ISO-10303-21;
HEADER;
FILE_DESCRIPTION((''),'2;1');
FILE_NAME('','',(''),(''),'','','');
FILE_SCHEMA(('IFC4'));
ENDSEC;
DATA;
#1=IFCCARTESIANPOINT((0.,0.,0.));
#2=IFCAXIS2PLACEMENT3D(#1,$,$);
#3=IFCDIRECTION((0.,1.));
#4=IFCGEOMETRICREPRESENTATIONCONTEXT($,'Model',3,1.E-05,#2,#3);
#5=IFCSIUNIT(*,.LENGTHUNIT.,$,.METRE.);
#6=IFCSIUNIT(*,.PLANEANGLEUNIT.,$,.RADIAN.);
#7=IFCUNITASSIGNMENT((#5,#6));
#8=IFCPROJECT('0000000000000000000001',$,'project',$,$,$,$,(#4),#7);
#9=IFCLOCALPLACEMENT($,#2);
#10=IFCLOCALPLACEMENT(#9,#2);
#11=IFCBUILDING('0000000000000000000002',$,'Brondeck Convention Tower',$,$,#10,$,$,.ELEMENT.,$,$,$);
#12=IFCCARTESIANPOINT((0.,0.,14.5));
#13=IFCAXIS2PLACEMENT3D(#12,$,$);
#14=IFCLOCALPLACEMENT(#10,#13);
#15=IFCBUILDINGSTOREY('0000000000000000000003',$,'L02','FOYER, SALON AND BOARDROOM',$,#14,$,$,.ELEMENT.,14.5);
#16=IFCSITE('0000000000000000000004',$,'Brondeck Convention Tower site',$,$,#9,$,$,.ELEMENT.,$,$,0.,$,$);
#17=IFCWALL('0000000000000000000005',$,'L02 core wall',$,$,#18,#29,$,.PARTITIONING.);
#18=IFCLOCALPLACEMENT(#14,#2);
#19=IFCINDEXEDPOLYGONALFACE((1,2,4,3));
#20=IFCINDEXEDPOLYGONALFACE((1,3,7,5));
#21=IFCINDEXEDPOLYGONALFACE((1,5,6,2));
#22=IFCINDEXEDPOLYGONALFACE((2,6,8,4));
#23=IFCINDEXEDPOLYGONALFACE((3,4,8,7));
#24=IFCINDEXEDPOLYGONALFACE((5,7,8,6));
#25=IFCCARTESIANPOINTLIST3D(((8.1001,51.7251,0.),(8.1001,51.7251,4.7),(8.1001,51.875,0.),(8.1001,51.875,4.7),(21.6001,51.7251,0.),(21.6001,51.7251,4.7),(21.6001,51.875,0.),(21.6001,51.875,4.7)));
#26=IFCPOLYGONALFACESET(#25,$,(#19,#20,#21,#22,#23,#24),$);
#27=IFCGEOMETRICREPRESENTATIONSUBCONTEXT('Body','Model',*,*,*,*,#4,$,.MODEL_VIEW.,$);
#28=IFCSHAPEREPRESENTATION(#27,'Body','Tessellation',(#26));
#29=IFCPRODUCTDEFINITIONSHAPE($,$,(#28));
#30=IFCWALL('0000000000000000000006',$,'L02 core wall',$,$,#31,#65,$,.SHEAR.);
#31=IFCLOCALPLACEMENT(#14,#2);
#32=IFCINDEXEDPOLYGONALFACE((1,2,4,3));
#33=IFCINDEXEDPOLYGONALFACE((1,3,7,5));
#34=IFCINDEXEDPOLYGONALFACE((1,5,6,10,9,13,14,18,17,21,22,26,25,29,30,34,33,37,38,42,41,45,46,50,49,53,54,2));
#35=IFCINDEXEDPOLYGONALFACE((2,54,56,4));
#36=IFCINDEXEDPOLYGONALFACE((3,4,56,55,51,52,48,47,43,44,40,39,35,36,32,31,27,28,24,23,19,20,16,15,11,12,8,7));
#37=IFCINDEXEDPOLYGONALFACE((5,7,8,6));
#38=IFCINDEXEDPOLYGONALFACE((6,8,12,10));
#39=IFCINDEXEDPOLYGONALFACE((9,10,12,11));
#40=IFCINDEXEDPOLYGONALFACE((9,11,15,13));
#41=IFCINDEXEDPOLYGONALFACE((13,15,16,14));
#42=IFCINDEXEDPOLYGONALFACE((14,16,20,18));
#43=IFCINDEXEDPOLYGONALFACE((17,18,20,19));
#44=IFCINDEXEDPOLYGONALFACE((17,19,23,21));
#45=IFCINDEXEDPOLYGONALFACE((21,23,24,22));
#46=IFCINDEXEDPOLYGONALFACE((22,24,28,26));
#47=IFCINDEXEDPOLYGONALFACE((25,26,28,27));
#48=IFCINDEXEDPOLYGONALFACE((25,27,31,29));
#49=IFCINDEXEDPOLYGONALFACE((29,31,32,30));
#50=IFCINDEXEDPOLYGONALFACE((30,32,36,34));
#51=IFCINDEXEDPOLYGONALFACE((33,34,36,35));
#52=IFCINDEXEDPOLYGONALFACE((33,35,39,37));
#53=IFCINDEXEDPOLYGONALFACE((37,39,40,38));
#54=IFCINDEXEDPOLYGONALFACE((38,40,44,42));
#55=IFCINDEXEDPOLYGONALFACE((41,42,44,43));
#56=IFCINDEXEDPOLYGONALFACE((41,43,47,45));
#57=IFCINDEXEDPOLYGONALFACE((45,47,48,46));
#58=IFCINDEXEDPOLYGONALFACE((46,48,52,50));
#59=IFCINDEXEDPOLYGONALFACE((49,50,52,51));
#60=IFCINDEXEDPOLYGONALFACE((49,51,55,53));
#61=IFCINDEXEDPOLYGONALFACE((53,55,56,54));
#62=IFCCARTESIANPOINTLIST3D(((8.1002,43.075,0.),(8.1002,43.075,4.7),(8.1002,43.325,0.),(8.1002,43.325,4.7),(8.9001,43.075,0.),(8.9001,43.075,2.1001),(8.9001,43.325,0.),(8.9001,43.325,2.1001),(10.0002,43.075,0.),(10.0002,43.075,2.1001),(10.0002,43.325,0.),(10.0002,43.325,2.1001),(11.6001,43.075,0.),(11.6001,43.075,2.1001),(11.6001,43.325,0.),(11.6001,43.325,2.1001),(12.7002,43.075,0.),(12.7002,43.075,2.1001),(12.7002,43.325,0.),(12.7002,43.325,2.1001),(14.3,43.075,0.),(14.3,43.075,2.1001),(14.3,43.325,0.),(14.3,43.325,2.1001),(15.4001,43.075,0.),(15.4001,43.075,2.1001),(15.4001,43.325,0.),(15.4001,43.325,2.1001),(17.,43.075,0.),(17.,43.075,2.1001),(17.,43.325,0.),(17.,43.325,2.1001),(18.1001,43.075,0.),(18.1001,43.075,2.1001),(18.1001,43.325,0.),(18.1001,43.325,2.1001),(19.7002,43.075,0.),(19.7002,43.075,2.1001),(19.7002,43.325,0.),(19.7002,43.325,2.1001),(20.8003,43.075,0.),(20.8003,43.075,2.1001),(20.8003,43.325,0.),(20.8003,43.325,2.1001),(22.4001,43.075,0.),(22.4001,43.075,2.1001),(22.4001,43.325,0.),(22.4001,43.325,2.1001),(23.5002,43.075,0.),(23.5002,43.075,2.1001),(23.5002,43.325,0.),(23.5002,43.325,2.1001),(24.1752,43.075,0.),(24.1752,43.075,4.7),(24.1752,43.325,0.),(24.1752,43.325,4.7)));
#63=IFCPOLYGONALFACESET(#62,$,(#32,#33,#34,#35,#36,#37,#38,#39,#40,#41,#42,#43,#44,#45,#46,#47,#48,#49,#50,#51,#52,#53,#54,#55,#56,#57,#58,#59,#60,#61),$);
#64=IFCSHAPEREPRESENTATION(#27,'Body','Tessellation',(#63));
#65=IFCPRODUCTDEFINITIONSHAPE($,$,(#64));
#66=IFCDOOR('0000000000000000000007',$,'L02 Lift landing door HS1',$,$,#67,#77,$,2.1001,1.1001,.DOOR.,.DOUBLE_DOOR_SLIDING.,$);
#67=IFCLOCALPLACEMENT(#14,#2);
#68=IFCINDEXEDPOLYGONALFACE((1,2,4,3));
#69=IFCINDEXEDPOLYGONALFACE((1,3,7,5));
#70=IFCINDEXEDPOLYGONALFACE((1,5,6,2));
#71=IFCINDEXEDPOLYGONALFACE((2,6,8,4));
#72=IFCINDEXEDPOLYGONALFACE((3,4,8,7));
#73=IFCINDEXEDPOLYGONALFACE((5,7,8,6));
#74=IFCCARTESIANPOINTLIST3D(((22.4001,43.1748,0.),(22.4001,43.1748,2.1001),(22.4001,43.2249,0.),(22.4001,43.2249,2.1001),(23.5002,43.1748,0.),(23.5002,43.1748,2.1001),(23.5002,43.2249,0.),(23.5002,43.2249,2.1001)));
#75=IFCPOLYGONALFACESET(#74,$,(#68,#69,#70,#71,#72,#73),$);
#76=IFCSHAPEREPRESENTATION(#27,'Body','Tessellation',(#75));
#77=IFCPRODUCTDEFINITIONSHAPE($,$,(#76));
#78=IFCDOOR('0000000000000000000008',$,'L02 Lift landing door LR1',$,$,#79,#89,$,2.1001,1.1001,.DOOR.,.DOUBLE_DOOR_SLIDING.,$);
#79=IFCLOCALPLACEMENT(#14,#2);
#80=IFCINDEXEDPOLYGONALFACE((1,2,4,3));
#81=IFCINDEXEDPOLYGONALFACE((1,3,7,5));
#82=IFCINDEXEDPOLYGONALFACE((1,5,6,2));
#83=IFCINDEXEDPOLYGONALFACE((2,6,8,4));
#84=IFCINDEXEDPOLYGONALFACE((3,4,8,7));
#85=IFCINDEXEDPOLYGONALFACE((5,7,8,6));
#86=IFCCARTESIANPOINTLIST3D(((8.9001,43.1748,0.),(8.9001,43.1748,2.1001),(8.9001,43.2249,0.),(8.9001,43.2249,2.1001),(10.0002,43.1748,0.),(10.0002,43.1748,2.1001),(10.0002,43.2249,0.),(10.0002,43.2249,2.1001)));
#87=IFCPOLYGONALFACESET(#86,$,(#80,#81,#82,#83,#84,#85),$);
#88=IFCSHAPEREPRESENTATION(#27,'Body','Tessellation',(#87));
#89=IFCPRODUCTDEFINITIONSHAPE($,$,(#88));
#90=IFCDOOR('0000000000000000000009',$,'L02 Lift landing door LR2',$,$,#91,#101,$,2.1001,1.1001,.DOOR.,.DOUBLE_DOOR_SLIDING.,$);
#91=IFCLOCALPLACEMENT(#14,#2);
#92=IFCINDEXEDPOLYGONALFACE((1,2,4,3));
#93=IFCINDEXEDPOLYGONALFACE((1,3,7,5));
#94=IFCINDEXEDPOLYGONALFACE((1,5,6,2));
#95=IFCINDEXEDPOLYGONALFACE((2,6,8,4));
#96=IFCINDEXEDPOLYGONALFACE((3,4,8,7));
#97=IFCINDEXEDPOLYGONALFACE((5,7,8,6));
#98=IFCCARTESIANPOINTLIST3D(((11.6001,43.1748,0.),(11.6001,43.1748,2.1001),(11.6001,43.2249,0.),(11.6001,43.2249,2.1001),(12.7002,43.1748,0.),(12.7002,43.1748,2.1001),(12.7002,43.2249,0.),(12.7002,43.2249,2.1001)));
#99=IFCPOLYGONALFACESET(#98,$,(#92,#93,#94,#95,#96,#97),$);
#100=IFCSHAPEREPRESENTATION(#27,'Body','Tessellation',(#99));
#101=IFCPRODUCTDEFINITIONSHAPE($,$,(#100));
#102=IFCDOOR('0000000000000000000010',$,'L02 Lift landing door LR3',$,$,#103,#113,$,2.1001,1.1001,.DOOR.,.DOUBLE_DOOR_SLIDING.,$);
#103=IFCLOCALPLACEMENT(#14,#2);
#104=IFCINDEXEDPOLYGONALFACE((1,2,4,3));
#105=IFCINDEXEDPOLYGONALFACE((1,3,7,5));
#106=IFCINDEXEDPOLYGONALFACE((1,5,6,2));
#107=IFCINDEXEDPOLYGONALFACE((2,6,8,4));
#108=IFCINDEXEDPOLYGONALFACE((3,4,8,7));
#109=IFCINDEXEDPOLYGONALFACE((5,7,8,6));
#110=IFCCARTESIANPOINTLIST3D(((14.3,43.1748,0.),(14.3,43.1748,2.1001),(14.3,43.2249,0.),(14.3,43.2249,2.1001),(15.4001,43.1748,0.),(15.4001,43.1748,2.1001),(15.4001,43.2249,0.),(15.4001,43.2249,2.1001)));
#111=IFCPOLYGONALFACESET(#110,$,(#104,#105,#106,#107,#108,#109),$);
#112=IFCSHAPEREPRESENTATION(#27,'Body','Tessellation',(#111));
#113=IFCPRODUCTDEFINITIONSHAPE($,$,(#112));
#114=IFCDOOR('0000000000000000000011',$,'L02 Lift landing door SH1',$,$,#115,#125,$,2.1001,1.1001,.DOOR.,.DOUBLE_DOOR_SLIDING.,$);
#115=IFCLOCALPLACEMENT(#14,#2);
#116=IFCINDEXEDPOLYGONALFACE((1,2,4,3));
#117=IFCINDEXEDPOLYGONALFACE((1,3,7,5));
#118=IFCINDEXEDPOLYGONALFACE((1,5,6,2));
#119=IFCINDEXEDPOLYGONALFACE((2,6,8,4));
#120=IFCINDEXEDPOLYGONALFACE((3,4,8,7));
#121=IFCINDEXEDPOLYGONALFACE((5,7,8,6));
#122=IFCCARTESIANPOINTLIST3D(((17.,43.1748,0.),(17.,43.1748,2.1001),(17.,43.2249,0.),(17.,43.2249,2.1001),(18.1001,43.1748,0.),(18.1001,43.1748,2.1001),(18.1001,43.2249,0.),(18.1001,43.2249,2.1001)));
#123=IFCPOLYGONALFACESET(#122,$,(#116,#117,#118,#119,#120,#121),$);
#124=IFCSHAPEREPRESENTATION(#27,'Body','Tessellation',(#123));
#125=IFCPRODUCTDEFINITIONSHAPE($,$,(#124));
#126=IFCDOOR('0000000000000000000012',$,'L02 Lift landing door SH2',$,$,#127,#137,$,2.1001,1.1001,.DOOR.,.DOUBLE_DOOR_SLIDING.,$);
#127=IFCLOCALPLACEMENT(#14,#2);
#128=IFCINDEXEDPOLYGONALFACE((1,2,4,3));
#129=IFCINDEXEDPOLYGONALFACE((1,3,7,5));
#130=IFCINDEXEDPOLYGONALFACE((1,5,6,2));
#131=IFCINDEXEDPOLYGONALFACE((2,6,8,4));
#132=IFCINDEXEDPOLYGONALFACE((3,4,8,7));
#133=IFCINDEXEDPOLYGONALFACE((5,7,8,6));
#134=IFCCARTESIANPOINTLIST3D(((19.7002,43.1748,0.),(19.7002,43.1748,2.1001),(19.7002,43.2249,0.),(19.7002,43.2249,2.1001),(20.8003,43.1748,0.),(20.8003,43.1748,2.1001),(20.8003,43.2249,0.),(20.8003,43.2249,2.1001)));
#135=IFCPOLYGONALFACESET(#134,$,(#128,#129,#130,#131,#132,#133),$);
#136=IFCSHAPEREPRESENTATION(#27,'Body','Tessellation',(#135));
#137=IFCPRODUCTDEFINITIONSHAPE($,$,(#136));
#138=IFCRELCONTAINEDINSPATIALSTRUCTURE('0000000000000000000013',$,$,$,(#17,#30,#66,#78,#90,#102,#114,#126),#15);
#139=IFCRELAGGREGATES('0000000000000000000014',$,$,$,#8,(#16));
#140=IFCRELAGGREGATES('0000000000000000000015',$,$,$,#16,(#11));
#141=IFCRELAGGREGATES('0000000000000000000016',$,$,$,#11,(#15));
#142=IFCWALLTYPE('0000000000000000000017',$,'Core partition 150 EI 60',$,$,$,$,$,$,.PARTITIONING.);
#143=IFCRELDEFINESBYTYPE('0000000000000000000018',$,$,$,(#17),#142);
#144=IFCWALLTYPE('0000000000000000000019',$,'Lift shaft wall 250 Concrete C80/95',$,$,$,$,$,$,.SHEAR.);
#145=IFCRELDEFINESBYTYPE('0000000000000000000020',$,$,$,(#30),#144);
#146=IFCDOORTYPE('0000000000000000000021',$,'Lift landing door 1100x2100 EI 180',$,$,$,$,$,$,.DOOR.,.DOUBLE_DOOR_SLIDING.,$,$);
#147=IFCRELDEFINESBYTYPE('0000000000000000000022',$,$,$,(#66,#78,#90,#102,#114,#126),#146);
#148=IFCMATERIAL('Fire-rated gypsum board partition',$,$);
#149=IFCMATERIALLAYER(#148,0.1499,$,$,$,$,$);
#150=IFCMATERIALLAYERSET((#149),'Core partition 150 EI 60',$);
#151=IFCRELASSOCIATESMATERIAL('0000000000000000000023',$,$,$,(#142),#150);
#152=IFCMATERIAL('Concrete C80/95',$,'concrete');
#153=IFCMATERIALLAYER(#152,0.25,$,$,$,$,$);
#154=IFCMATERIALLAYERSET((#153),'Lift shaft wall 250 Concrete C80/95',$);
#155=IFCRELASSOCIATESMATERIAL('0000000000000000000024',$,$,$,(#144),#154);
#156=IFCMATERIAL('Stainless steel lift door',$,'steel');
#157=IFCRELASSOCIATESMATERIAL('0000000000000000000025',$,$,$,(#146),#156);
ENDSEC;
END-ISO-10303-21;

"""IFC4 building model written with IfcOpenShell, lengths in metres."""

from ifc_helpers import new_model, si_unit, direction, frame, frame_2d, origin, place, context, subcontext, project, spatial, rectangle, extrude, material, layer, layer_set, type_object, element, fill, save


model = new_model("IFC4")

# Units and contexts
model_context = context("Model", 3, precision=1e-05, world=origin(), true_north=direction((0.0, 1.0)))
body_context = subcontext(model_context, "Body", "Model", "MODEL_VIEW")
ifc_project = project(units=[si_unit("LENGTHUNIT", "METRE"), si_unit("PLANEANGLEUNIT", "RADIAN")], contexts=[model_context])

# Site, building, storey
site_placement = place(None, origin())
site = spatial("IfcSite", under=ifc_project, at=site_placement, Name="Brondeck Convention Tower site", CompositionType="ELEMENT", RefElevation=0.0)
building_placement = place(site_placement, origin())
building = spatial("IfcBuilding", under=site, at=building_placement, Name="Brondeck Convention Tower", CompositionType="ELEMENT")
storey_placement = place(building_placement, frame((0.0, 0.0, 14.5)))
storey = spatial("IfcBuildingStorey", under=building, at=storey_placement, Name="L02", Description="FOYER, SALON AND BOARDROOM", CompositionType="ELEMENT", Elevation=14.5)

# Wall
ifc_material_1 = material(Name="Fire-rated gypsum board partition")
ifc_layer_1 = layer(ifc_material_1, 0.1499)
ifc_layer_set_1 = layer_set([ifc_layer_1], Name="Core partition 150 EI 60")
wall_type_1 = type_object("IfcWallType", Name="Core partition 150 EI 60", PredefinedType="PARTITIONING", material=ifc_layer_set_1)
wall_1_placement = place(storey_placement, frame((8.1001, 51.8, 0.0), z_axis=(0.0, 0.0, 1.0), x_axis=(1.0, 0.0, 0.0)))
element("IfcWall", 1, at=wall_1_placement, inside=storey, type_object=wall_type_1, Name="L02 core wall", PredefinedType="PARTITIONING", context=body_context, shape_type="SweptSolid", body=[
    extrude(rectangle(XDim=13.5, YDim=0.1499, at=frame_2d((6.75, 0.0))), origin(), (0.0, 0.0, 1.0), 4.7),
])

# Wall, openings, doors
ifc_material_2 = material(Name="Concrete C80/95", Category="concrete")
ifc_layer_2 = layer(ifc_material_2, 0.25)
ifc_layer_set_2 = layer_set([ifc_layer_2], Name="Lift shaft wall 250 Concrete C80/95")
wall_type_2 = type_object("IfcWallType", Name="Lift shaft wall 250 Concrete C80/95", PredefinedType="SHEAR", material=ifc_layer_set_2)
wall_2_placement = place(storey_placement, frame((8.1001, 43.2, 0.0), z_axis=(0.0, 0.0, 1.0), x_axis=(1.0, 0.0, 0.0)))
wall_2 = element("IfcWall", 2, at=wall_2_placement, inside=storey, type_object=wall_type_2, Name="L02 core wall", PredefinedType="SHEAR", context=body_context, shape_type="SweptSolid", body=[
    extrude(rectangle(XDim=16.075, YDim=0.25, at=frame_2d((8.0376, 0.0))), origin(), (0.0, 0.0, 1.0), 4.7),
])
opening_1_placement = place(wall_2_placement, frame((14.3, 0.0, 0.0)))
opening_1 = element("IfcOpeningElement", 3, at=opening_1_placement, cuts=wall_2, PredefinedType="OPENING", context=body_context, shape_type="SweptSolid", body=[
    extrude(rectangle(XDim=1.1001, YDim=2.1001, at=frame_2d((0.55, 1.05))), frame((0.0, 0.135, 0.0), z_axis=(0.0, -1.0, 0.0), x_axis=(1.0, 0.0, 0.0)), (0.0, 0.0, 1.0), 0.27),
])
opening_2_placement = place(wall_2_placement, frame((0.8, 0.0, 0.0)))
opening_2 = element("IfcOpeningElement", 4, at=opening_2_placement, cuts=wall_2, PredefinedType="OPENING", context=body_context, shape_type="SweptSolid", body=[
    extrude(rectangle(XDim=1.1001, YDim=2.1001, at=frame_2d((0.55, 1.05))), frame((0.0, 0.135, 0.0), z_axis=(0.0, -1.0, 0.0), x_axis=(1.0, 0.0, 0.0)), (0.0, 0.0, 1.0), 0.27),
])
opening_3_placement = place(wall_2_placement, frame((3.5, 0.0, 0.0)))
opening_3 = element("IfcOpeningElement", 5, at=opening_3_placement, cuts=wall_2, PredefinedType="OPENING", context=body_context, shape_type="SweptSolid", body=[
    extrude(rectangle(XDim=1.1001, YDim=2.1001, at=frame_2d((0.55, 1.05))), frame((0.0, 0.135, 0.0), z_axis=(0.0, -1.0, 0.0), x_axis=(1.0, 0.0, 0.0)), (0.0, 0.0, 1.0), 0.27),
])
opening_4_placement = place(wall_2_placement, frame((6.2, 0.0, 0.0)))
opening_4 = element("IfcOpeningElement", 6, at=opening_4_placement, cuts=wall_2, PredefinedType="OPENING", context=body_context, shape_type="SweptSolid", body=[
    extrude(rectangle(XDim=1.1001, YDim=2.1001, at=frame_2d((0.55, 1.05))), frame((0.0, 0.135, 0.0), z_axis=(0.0, -1.0, 0.0), x_axis=(1.0, 0.0, 0.0)), (0.0, 0.0, 1.0), 0.27),
])
opening_5_placement = place(wall_2_placement, frame((8.8999, 0.0, 0.0)))
opening_5 = element("IfcOpeningElement", 7, at=opening_5_placement, cuts=wall_2, PredefinedType="OPENING", context=body_context, shape_type="SweptSolid", body=[
    extrude(rectangle(XDim=1.1001, YDim=2.1001, at=frame_2d((0.55, 1.05))), frame((0.0, 0.135, 0.0), z_axis=(0.0, -1.0, 0.0), x_axis=(1.0, 0.0, 0.0)), (0.0, 0.0, 1.0), 0.27),
])
opening_6_placement = place(wall_2_placement, frame((11.6001, 0.0, 0.0)))
opening_6 = element("IfcOpeningElement", 8, at=opening_6_placement, cuts=wall_2, PredefinedType="OPENING", context=body_context, shape_type="SweptSolid", body=[
    extrude(rectangle(XDim=1.1001, YDim=2.1001, at=frame_2d((0.55, 1.05))), frame((0.0, 0.135, 0.0), z_axis=(0.0, -1.0, 0.0), x_axis=(1.0, 0.0, 0.0)), (0.0, 0.0, 1.0), 0.27),
])
ifc_material_3 = material(Name="Stainless steel lift door", Category="steel")
door_type = type_object("IfcDoorType", Name="Lift landing door 1100x2100 EI 180", OperationType="DOUBLE_DOOR_SLIDING", PredefinedType="DOOR", material=ifc_material_3)
door_1_placement = place(opening_1_placement, origin())
door_1 = element("IfcDoor", 9, at=door_1_placement, inside=storey, type_object=door_type, Name="L02 Lift landing door HS1", OperationType="DOUBLE_DOOR_SLIDING", OverallHeight=2.1001, OverallWidth=1.1001, PredefinedType="DOOR", context=body_context, shape_type="SweptSolid", body=[
    extrude(rectangle(XDim=1.1001, YDim=2.1001, at=frame_2d((0.55, 1.05))), frame((0.0, 0.0249, 0.0), z_axis=(0.0, -1.0, 0.0), x_axis=(1.0, 0.0, 0.0)), (0.0, 0.0, 1.0), 0.05),
])
fill(opening_1, door_1)
door_2_placement = place(opening_2_placement, origin())
door_2 = element("IfcDoor", 10, at=door_2_placement, inside=storey, type_object=door_type, Name="L02 Lift landing door LR1", OperationType="DOUBLE_DOOR_SLIDING", OverallHeight=2.1001, OverallWidth=1.1001, PredefinedType="DOOR", context=body_context, shape_type="SweptSolid", body=[
    extrude(rectangle(XDim=1.1001, YDim=2.1001, at=frame_2d((0.55, 1.05))), frame((0.0, 0.0249, 0.0), z_axis=(0.0, -1.0, 0.0), x_axis=(1.0, 0.0, 0.0)), (0.0, 0.0, 1.0), 0.05),
])
fill(opening_2, door_2)
door_3_placement = place(opening_3_placement, origin())
door_3 = element("IfcDoor", 11, at=door_3_placement, inside=storey, type_object=door_type, Name="L02 Lift landing door LR2", OperationType="DOUBLE_DOOR_SLIDING", OverallHeight=2.1001, OverallWidth=1.1001, PredefinedType="DOOR", context=body_context, shape_type="SweptSolid", body=[
    extrude(rectangle(XDim=1.1001, YDim=2.1001, at=frame_2d((0.55, 1.05))), frame((0.0, 0.0249, 0.0), z_axis=(0.0, -1.0, 0.0), x_axis=(1.0, 0.0, 0.0)), (0.0, 0.0, 1.0), 0.05),
])
fill(opening_3, door_3)
door_4_placement = place(opening_4_placement, origin())
door_4 = element("IfcDoor", 12, at=door_4_placement, inside=storey, type_object=door_type, Name="L02 Lift landing door LR3", OperationType="DOUBLE_DOOR_SLIDING", OverallHeight=2.1001, OverallWidth=1.1001, PredefinedType="DOOR", context=body_context, shape_type="SweptSolid", body=[
    extrude(rectangle(XDim=1.1001, YDim=2.1001, at=frame_2d((0.55, 1.05))), frame((0.0, 0.0249, 0.0), z_axis=(0.0, -1.0, 0.0), x_axis=(1.0, 0.0, 0.0)), (0.0, 0.0, 1.0), 0.05),
])
fill(opening_4, door_4)
door_5_placement = place(opening_5_placement, origin())
door_5 = element("IfcDoor", 13, at=door_5_placement, inside=storey, type_object=door_type, Name="L02 Lift landing door SH1", OperationType="DOUBLE_DOOR_SLIDING", OverallHeight=2.1001, OverallWidth=1.1001, PredefinedType="DOOR", context=body_context, shape_type="SweptSolid", body=[
    extrude(rectangle(XDim=1.1001, YDim=2.1001, at=frame_2d((0.55, 1.05))), frame((0.0, 0.0249, 0.0), z_axis=(0.0, -1.0, 0.0), x_axis=(1.0, 0.0, 0.0)), (0.0, 0.0, 1.0), 0.05),
])
fill(opening_5, door_5)
door_6_placement = place(opening_6_placement, origin())
door_6 = element("IfcDoor", 14, at=door_6_placement, inside=storey, type_object=door_type, Name="L02 Lift landing door SH2", OperationType="DOUBLE_DOOR_SLIDING", OverallHeight=2.1001, OverallWidth=1.1001, PredefinedType="DOOR", context=body_context, shape_type="SweptSolid", body=[
    extrude(rectangle(XDim=1.1001, YDim=2.1001, at=frame_2d((0.55, 1.05))), frame((0.0, 0.0249, 0.0), z_axis=(0.0, -1.0, 0.0), x_axis=(1.0, 0.0, 0.0)), (0.0, 0.0, 1.0), 0.05),
])
fill(opening_6, door_6)

save(model, "model.ifc")
